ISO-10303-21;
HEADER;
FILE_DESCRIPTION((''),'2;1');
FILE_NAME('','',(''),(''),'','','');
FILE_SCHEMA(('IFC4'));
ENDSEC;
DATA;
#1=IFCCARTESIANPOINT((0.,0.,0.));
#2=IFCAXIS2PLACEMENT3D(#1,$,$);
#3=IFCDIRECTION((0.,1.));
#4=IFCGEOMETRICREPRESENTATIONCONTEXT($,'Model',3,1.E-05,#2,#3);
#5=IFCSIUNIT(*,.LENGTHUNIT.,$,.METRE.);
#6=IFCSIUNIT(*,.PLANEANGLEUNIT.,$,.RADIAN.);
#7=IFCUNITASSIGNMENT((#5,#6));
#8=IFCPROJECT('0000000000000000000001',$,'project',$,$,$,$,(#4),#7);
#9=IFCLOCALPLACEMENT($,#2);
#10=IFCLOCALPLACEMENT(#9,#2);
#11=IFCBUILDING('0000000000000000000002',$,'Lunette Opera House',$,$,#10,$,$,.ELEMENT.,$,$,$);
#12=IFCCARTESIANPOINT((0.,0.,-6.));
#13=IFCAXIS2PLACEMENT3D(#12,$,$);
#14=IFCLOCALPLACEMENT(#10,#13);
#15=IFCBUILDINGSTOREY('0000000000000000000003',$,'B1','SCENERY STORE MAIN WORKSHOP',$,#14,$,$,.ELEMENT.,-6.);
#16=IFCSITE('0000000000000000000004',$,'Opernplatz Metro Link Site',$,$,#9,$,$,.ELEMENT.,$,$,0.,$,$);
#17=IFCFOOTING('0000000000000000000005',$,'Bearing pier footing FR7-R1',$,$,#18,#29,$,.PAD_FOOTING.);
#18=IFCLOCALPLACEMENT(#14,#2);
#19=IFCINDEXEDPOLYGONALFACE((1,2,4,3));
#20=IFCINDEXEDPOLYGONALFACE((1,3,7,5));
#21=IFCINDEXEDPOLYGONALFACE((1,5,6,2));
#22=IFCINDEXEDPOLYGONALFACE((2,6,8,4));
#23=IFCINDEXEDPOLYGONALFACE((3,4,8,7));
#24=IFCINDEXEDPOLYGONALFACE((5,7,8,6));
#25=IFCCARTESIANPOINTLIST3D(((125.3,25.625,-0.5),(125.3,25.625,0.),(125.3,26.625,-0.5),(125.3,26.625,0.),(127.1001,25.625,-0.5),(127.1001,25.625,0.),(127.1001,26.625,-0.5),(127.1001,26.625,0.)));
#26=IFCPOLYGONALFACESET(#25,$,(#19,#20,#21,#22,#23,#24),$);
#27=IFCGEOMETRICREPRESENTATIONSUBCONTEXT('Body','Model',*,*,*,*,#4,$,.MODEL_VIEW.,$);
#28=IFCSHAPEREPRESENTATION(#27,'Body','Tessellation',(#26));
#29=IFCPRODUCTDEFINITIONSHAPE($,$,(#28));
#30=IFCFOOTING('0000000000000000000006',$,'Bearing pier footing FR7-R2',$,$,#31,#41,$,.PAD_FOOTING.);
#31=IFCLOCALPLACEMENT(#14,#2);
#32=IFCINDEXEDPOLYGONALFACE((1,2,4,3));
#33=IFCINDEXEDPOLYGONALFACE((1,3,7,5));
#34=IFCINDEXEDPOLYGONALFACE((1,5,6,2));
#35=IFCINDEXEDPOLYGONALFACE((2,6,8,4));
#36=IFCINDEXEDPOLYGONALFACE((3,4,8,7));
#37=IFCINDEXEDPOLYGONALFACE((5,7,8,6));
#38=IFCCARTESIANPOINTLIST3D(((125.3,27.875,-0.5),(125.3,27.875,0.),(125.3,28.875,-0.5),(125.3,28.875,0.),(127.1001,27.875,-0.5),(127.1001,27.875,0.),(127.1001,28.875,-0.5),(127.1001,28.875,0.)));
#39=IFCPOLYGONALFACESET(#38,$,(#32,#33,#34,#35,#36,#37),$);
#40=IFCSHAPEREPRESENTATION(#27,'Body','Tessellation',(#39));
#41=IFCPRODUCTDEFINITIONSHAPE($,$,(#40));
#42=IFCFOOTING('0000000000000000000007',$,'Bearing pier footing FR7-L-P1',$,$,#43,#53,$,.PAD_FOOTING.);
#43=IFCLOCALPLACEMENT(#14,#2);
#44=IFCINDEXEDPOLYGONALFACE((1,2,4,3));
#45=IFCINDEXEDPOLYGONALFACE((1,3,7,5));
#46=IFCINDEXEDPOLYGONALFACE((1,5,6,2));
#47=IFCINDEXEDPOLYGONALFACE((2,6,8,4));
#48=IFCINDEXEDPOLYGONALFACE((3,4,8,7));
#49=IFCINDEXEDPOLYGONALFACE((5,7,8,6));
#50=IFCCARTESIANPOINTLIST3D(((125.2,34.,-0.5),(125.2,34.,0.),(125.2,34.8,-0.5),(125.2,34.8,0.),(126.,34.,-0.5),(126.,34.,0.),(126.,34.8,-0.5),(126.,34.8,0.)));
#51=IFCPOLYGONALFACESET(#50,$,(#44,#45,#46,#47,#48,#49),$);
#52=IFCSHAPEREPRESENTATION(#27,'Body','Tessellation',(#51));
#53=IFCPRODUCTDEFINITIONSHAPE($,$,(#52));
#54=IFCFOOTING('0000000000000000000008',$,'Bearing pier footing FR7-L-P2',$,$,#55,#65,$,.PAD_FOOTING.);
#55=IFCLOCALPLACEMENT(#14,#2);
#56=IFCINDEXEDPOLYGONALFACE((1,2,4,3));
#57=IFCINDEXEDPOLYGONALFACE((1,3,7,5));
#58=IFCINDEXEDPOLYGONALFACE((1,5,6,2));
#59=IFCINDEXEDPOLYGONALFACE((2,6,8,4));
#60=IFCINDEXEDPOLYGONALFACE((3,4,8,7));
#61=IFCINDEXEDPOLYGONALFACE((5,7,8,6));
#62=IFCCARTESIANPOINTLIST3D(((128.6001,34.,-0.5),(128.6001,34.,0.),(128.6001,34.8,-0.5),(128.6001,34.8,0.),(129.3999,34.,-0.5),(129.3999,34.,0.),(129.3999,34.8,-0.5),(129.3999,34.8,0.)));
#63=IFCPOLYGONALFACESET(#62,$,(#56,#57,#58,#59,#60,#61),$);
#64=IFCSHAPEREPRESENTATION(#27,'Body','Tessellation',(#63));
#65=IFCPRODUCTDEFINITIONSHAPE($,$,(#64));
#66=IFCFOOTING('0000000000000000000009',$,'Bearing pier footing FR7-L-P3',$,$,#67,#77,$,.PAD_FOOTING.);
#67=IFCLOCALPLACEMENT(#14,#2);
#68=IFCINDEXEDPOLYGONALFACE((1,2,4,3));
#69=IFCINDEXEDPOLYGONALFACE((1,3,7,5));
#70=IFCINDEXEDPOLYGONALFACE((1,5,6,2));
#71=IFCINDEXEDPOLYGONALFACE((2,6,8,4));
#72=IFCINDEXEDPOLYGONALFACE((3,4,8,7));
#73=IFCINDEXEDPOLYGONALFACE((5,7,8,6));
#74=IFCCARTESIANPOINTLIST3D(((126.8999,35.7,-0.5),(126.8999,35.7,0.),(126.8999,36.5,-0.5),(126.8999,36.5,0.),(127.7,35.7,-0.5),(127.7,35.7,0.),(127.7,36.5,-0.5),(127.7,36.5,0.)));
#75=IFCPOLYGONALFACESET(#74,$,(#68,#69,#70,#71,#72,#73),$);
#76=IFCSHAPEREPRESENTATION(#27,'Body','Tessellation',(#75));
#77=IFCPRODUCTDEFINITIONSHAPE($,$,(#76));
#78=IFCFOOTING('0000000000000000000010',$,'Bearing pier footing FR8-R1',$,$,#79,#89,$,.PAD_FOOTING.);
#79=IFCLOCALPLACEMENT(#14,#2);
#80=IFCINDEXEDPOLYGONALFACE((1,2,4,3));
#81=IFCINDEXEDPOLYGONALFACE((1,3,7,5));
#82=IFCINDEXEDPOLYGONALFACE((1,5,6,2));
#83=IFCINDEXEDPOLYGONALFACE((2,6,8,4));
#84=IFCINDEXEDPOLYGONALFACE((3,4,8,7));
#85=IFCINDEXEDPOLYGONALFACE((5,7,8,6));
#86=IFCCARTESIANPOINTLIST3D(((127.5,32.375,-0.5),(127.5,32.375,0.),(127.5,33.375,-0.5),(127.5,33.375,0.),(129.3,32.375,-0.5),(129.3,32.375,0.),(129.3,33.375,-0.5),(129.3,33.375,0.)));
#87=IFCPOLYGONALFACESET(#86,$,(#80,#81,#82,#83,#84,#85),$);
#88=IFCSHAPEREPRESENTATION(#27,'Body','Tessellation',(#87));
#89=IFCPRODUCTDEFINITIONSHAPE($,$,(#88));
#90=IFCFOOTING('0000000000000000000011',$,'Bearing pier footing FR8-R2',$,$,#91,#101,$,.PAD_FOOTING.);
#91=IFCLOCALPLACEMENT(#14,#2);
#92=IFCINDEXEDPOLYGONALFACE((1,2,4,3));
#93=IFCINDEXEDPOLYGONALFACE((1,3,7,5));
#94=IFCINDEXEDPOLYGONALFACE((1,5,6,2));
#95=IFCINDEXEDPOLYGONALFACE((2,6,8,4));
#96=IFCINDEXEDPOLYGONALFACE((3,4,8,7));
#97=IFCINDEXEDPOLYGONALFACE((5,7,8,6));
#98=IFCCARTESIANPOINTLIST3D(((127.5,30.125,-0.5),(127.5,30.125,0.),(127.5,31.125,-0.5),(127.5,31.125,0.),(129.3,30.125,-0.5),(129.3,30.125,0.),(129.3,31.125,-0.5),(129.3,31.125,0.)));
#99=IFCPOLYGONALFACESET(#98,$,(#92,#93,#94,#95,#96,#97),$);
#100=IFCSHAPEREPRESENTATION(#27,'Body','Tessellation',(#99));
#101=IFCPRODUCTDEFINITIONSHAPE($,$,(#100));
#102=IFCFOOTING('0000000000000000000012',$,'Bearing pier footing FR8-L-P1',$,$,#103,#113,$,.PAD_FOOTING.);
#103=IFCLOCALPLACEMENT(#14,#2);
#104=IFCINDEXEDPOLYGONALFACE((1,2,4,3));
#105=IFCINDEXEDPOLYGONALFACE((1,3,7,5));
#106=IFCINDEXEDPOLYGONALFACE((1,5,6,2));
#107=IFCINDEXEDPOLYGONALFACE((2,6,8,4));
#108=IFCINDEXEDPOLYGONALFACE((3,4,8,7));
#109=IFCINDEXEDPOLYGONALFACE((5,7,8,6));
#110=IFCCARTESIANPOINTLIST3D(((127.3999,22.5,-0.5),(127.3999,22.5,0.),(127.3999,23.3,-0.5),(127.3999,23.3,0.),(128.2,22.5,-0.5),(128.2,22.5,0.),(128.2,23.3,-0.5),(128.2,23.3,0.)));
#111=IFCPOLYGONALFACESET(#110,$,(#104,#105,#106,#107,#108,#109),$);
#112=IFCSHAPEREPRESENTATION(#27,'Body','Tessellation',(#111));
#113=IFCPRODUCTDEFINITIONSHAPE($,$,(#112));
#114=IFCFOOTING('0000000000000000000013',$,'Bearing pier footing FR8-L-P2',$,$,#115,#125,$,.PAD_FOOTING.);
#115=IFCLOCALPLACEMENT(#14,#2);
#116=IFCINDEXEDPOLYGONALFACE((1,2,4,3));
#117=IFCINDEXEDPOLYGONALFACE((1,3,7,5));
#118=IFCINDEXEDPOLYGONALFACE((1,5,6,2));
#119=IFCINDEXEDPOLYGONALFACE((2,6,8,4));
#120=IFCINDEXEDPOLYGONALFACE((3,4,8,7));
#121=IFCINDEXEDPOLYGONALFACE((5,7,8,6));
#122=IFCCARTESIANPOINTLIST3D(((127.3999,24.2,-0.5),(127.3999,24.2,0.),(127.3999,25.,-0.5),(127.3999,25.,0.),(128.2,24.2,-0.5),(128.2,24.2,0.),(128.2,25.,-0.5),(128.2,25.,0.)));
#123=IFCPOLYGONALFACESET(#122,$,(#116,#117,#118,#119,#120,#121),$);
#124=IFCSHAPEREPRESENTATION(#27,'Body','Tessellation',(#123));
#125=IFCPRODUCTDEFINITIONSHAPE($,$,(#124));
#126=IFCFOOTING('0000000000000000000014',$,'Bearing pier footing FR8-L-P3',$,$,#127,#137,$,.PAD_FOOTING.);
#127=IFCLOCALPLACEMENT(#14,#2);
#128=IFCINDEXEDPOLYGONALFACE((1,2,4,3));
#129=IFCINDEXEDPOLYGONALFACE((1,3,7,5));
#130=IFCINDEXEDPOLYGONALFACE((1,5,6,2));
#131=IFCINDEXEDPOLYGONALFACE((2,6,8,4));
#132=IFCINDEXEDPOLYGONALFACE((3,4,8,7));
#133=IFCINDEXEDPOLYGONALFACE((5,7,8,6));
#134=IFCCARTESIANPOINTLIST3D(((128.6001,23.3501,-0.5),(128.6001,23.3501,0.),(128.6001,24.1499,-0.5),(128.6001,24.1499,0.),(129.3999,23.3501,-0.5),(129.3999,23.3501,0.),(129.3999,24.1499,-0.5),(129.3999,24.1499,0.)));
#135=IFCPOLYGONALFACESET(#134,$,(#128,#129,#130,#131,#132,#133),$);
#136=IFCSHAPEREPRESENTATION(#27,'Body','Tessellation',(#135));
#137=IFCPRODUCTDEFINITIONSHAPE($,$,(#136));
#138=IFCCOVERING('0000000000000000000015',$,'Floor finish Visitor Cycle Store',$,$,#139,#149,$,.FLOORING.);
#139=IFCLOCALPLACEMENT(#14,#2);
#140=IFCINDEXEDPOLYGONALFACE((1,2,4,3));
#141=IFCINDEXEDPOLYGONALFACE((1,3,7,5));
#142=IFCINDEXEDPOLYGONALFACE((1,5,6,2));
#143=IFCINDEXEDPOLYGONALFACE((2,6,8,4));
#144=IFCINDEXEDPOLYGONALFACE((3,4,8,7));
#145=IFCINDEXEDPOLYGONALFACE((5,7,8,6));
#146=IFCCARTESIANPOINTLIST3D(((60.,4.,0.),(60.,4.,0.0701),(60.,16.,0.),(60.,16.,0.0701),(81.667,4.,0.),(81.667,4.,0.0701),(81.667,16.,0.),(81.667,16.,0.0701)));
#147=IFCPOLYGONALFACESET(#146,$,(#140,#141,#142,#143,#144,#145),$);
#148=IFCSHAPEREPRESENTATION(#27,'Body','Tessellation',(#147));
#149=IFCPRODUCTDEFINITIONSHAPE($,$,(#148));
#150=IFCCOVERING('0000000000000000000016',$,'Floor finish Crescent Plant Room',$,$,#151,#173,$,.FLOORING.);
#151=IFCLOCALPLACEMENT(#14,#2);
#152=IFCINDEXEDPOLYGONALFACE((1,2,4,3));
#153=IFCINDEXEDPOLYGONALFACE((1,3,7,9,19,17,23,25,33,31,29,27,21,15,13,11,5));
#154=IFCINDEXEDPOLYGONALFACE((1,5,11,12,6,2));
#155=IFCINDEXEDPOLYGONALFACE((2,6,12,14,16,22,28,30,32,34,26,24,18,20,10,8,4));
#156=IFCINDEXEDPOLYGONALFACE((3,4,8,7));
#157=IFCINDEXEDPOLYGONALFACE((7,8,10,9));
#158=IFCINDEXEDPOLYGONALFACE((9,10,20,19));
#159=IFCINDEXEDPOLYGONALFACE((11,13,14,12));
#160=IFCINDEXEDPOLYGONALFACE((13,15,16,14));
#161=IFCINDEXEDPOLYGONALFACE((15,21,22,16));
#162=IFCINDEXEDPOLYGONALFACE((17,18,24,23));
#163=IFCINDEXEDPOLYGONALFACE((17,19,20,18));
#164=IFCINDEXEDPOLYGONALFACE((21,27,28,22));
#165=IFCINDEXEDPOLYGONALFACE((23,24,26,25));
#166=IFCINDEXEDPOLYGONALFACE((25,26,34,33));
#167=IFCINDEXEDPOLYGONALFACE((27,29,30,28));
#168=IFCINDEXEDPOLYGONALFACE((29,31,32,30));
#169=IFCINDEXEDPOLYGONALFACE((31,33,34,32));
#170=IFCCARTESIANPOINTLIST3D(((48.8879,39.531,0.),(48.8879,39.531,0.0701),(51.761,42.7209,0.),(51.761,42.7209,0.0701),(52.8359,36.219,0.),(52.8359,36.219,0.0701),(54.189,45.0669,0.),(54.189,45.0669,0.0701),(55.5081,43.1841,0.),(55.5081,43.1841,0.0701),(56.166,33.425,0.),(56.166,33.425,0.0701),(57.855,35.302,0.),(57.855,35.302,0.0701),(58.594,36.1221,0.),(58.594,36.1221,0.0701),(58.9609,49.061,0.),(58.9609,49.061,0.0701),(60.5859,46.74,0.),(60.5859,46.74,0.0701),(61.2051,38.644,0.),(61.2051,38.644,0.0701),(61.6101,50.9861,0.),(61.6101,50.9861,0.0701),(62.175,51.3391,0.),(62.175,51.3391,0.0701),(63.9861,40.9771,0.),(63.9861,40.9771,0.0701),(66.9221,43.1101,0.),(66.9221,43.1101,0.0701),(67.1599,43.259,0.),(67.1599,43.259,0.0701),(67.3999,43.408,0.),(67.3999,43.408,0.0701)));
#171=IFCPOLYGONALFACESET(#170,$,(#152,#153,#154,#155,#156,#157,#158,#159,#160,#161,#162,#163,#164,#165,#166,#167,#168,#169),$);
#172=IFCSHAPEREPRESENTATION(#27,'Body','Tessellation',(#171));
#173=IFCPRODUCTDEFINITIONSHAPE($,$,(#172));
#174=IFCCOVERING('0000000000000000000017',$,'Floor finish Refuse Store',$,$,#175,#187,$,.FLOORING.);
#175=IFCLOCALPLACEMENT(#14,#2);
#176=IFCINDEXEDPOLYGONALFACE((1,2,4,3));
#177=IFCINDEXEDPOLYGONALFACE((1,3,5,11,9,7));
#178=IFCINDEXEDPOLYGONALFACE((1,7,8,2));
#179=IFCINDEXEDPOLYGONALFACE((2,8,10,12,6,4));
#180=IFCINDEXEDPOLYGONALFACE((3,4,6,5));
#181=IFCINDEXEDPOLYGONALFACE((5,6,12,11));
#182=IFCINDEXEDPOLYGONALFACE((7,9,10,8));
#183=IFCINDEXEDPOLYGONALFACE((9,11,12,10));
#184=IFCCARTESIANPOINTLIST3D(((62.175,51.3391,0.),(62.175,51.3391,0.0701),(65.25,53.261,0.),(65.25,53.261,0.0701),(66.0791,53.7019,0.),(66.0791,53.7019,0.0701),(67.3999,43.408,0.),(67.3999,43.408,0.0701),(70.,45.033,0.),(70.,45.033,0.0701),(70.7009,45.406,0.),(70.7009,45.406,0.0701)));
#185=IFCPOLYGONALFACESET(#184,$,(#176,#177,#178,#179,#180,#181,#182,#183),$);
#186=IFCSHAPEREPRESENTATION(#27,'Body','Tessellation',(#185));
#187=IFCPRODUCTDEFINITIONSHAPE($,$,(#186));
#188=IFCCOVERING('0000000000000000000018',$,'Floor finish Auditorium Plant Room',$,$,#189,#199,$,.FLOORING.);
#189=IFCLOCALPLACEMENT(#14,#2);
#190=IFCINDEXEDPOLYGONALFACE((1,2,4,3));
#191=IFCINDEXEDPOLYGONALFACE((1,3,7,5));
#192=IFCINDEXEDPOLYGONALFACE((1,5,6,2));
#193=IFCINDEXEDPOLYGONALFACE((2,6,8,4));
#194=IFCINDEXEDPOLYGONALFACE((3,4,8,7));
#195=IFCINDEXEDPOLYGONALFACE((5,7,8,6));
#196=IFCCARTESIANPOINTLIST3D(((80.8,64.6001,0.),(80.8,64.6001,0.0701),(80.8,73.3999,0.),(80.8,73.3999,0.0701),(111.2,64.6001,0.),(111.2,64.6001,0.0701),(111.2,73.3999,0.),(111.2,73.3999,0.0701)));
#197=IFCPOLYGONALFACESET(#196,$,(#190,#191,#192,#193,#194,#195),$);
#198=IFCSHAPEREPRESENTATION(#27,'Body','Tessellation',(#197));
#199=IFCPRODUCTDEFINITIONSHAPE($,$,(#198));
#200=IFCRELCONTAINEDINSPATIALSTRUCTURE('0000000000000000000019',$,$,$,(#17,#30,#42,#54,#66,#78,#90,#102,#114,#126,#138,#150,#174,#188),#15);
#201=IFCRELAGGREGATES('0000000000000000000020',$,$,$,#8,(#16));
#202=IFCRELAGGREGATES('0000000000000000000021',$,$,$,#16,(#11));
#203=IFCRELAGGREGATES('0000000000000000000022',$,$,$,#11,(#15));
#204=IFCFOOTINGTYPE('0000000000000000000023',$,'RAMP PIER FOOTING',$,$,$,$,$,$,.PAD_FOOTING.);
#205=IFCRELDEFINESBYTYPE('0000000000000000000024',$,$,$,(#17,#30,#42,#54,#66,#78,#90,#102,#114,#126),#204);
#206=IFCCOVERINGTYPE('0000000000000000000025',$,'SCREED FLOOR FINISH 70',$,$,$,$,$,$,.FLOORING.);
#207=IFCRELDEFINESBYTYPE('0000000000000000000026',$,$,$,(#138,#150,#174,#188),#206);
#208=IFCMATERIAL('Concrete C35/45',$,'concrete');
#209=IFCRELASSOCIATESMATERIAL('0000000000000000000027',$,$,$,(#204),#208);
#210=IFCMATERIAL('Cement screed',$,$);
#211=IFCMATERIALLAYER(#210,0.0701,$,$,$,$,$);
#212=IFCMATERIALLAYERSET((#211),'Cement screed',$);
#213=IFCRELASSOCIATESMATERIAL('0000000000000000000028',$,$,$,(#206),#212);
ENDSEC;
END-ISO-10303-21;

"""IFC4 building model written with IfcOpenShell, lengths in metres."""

from ifc_helpers import new_model, si_unit, direction, frame, origin, place, context, subcontext, project, spatial, polyline, outline, extrude, material, layer, layer_set, type_object, element, save


model = new_model("IFC4")

# Units and contexts
model_context = context("Model", 3, precision=1e-05, world=origin(), true_north=direction((0.0, 1.0)))
body_context = subcontext(model_context, "Body", "Model", "MODEL_VIEW")
ifc_project = project(units=[si_unit("LENGTHUNIT", "METRE"), si_unit("PLANEANGLEUNIT", "RADIAN")], contexts=[model_context])

# Site, building, storey
site_placement = place(None, origin())
site = spatial("IfcSite", under=ifc_project, at=site_placement, Name="Opernplatz Metro Link Site", CompositionType="ELEMENT", RefElevation=0.0)
building_placement = place(site_placement, origin())
building = spatial("IfcBuilding", under=site, at=building_placement, Name="Lunette Opera House", CompositionType="ELEMENT")
storey_placement = place(building_placement, frame((0.0, 0.0, -6.0)))
storey = spatial("IfcBuildingStorey", under=building, at=storey_placement, Name="B1", Description="SCENERY STORE MAIN WORKSHOP", CompositionType="ELEMENT", Elevation=-6.0)

# Footings
ifc_material_1 = material(Name="Concrete C35/45", Category="concrete")
footing_type = type_object("IfcFootingType", Name="RAMP PIER FOOTING", PredefinedType="PAD_FOOTING", material=ifc_material_1)
footing_1_placement = place(storey_placement, frame((0.0, 0.0, -0.5)))
element("IfcFooting", 1, at=footing_1_placement, inside=storey, type_object=footing_type, Name="Bearing pier footing FR7-R1", PredefinedType="PAD_FOOTING", context=body_context, shape_type="SweptSolid", body=[
    extrude(outline(polyline([(125.3, 25.625), (127.1001, 25.625), (127.1001, 26.625), (125.3, 26.625), (125.3, 25.625)])), origin(), (0.0, 0.0, 1.0), 0.5),
])
footing_2_placement = place(storey_placement, frame((0.0, 0.0, -0.5)))
element("IfcFooting", 2, at=footing_2_placement, inside=storey, type_object=footing_type, Name="Bearing pier footing FR7-R2", PredefinedType="PAD_FOOTING", context=body_context, shape_type="SweptSolid", body=[
    extrude(outline(polyline([(125.3, 27.875), (127.1001, 27.875), (127.1001, 28.875), (125.3, 28.875), (125.3, 27.875)])), origin(), (0.0, 0.0, 1.0), 0.5),
])
footing_3_placement = place(storey_placement, frame((0.0, 0.0, -0.5)))
element("IfcFooting", 3, at=footing_3_placement, inside=storey, type_object=footing_type, Name="Bearing pier footing FR7-L-P1", PredefinedType="PAD_FOOTING", context=body_context, shape_type="SweptSolid", body=[
    extrude(outline(polyline([(125.2, 34.0), (126.0, 34.0), (126.0, 34.8), (125.2, 34.8), (125.2, 34.0)])), origin(), (0.0, 0.0, 1.0), 0.5),
])
footing_4_placement = place(storey_placement, frame((0.0, 0.0, -0.5)))
element("IfcFooting", 4, at=footing_4_placement, inside=storey, type_object=footing_type, Name="Bearing pier footing FR7-L-P2", PredefinedType="PAD_FOOTING", context=body_context, shape_type="SweptSolid", body=[
    extrude(outline(polyline([(128.6001, 34.0), (129.3999, 34.0), (129.3999, 34.8), (128.6001, 34.8), (128.6001, 34.0)])), origin(), (0.0, 0.0, 1.0), 0.5),
])
footing_5_placement = place(storey_placement, frame((0.0, 0.0, -0.5)))
element("IfcFooting", 5, at=footing_5_placement, inside=storey, type_object=footing_type, Name="Bearing pier footing FR7-L-P3", PredefinedType="PAD_FOOTING", context=body_context, shape_type="SweptSolid", body=[
    extrude(outline(polyline([(126.8999, 35.7), (127.7, 35.7), (127.7, 36.5), (126.8999, 36.5), (126.8999, 35.7)])), origin(), (0.0, 0.0, 1.0), 0.5),
])
footing_6_placement = place(storey_placement, frame((0.0, 0.0, -0.5)))
element("IfcFooting", 6, at=footing_6_placement, inside=storey, type_object=footing_type, Name="Bearing pier footing FR8-R1", PredefinedType="PAD_FOOTING", context=body_context, shape_type="SweptSolid", body=[
    extrude(outline(polyline([(127.5, 32.375), (129.3, 32.375), (129.3, 33.375), (127.5, 33.375), (127.5, 32.375)])), origin(), (0.0, 0.0, 1.0), 0.5),
])
footing_7_placement = place(storey_placement, frame((0.0, 0.0, -0.5)))
element("IfcFooting", 7, at=footing_7_placement, inside=storey, type_object=footing_type, Name="Bearing pier footing FR8-R2", PredefinedType="PAD_FOOTING", context=body_context, shape_type="SweptSolid", body=[
    extrude(outline(polyline([(127.5, 30.125), (129.3, 30.125), (129.3, 31.125), (127.5, 31.125), (127.5, 30.125)])), origin(), (0.0, 0.0, 1.0), 0.5),
])
footing_8_placement = place(storey_placement, frame((0.0, 0.0, -0.5)))
element("IfcFooting", 8, at=footing_8_placement, inside=storey, type_object=footing_type, Name="Bearing pier footing FR8-L-P1", PredefinedType="PAD_FOOTING", context=body_context, shape_type="SweptSolid", body=[
    extrude(outline(polyline([(127.3999, 22.5), (128.2, 22.5), (128.2, 23.3), (127.3999, 23.3), (127.3999, 22.5)])), origin(), (0.0, 0.0, 1.0), 0.5),
])
footing_9_placement = place(storey_placement, frame((0.0, 0.0, -0.5)))
element("IfcFooting", 9, at=footing_9_placement, inside=storey, type_object=footing_type, Name="Bearing pier footing FR8-L-P2", PredefinedType="PAD_FOOTING", context=body_context, shape_type="SweptSolid", body=[
    extrude(outline(polyline([(127.3999, 24.2), (128.2, 24.2), (128.2, 25.0), (127.3999, 25.0), (127.3999, 24.2)])), origin(), (0.0, 0.0, 1.0), 0.5),
])
footing_10_placement = place(storey_placement, frame((0.0, 0.0, -0.5)))
element("IfcFooting", 10, at=footing_10_placement, inside=storey, type_object=footing_type, Name="Bearing pier footing FR8-L-P3", PredefinedType="PAD_FOOTING", context=body_context, shape_type="SweptSolid", body=[
    extrude(outline(polyline([(128.6001, 23.3501), (129.3999, 23.3501), (129.3999, 24.1499), (128.6001, 24.1499), (128.6001, 23.3501)])), origin(), (0.0, 0.0, 1.0), 0.5),
])

# Coverings
ifc_material_2 = material(Name="Cement screed")
ifc_layer_1 = layer(ifc_material_2, 0.0701)
ifc_layer_set_1 = layer_set([ifc_layer_1], Name="Cement screed")
covering_type_1 = type_object("IfcCoveringType", Name="SCREED FLOOR FINISH 70", PredefinedType="FLOORING", material=ifc_layer_set_1)
covering_1_placement = place(storey_placement, origin())
element("IfcCovering", 11, at=covering_1_placement, inside=storey, type_object=covering_type_1, Name="Floor finish Visitor Cycle Store", PredefinedType="FLOORING", context=body_context, shape_type="SweptSolid", body=[
    extrude(outline(polyline([(81.667, 16.0), (81.667, 4.0), (60.0, 4.0), (60.0, 16.0), (81.667, 16.0)])), origin(), (0.0, 0.0, 1.0), 0.0701),
])
covering_2_placement = place(storey_placement, origin())
element("IfcCovering", 12, at=covering_2_placement, inside=storey, type_object=covering_type_1, Name="Floor finish Crescent Plant Room", PredefinedType="FLOORING", context=body_context, shape_type="SweptSolid", body=[
    extrude(outline(polyline([(66.9221, 43.1101), (63.9861, 40.9771), (61.2051, 38.644), (58.594, 36.1221), (57.855, 35.302), (56.166, 33.425), (52.8359, 36.219), (48.8879, 39.531), (51.761, 42.7209), (54.189, 45.0669), (55.5081, 43.1841), (60.5859, 46.74), (58.9609, 49.061), (61.6101, 50.9861), (62.175, 51.3391), (67.3999, 43.408), (67.1599, 43.259), (66.9221, 43.1101)])), origin(), (0.0, 0.0, 1.0), 0.0701),
])
covering_3_placement = place(storey_placement, origin())
element("IfcCovering", 13, at=covering_3_placement, inside=storey, type_object=covering_type_1, Name="Floor finish Refuse Store", PredefinedType="FLOORING", context=body_context, shape_type="SweptSolid", body=[
    extrude(outline(polyline([(67.3999, 43.408), (62.175, 51.3391), (65.25, 53.261), (66.0791, 53.7019), (70.7009, 45.406), (70.0, 45.033), (67.3999, 43.408)])), origin(), (0.0, 0.0, 1.0), 0.0701),
])
covering_4_placement = place(storey_placement, origin())
element("IfcCovering", 14, at=covering_4_placement, inside=storey, type_object=covering_type_1, Name="Floor finish Auditorium Plant Room", PredefinedType="FLOORING", context=body_context, shape_type="SweptSolid", body=[
    extrude(outline(polyline([(80.8, 73.3999), (111.2, 73.3999), (111.2, 64.6001), (80.8, 64.6001), (80.8, 73.3999)])), origin(), (0.0, 0.0, 1.0), 0.0701),
])

save(model, "model.ifc")
